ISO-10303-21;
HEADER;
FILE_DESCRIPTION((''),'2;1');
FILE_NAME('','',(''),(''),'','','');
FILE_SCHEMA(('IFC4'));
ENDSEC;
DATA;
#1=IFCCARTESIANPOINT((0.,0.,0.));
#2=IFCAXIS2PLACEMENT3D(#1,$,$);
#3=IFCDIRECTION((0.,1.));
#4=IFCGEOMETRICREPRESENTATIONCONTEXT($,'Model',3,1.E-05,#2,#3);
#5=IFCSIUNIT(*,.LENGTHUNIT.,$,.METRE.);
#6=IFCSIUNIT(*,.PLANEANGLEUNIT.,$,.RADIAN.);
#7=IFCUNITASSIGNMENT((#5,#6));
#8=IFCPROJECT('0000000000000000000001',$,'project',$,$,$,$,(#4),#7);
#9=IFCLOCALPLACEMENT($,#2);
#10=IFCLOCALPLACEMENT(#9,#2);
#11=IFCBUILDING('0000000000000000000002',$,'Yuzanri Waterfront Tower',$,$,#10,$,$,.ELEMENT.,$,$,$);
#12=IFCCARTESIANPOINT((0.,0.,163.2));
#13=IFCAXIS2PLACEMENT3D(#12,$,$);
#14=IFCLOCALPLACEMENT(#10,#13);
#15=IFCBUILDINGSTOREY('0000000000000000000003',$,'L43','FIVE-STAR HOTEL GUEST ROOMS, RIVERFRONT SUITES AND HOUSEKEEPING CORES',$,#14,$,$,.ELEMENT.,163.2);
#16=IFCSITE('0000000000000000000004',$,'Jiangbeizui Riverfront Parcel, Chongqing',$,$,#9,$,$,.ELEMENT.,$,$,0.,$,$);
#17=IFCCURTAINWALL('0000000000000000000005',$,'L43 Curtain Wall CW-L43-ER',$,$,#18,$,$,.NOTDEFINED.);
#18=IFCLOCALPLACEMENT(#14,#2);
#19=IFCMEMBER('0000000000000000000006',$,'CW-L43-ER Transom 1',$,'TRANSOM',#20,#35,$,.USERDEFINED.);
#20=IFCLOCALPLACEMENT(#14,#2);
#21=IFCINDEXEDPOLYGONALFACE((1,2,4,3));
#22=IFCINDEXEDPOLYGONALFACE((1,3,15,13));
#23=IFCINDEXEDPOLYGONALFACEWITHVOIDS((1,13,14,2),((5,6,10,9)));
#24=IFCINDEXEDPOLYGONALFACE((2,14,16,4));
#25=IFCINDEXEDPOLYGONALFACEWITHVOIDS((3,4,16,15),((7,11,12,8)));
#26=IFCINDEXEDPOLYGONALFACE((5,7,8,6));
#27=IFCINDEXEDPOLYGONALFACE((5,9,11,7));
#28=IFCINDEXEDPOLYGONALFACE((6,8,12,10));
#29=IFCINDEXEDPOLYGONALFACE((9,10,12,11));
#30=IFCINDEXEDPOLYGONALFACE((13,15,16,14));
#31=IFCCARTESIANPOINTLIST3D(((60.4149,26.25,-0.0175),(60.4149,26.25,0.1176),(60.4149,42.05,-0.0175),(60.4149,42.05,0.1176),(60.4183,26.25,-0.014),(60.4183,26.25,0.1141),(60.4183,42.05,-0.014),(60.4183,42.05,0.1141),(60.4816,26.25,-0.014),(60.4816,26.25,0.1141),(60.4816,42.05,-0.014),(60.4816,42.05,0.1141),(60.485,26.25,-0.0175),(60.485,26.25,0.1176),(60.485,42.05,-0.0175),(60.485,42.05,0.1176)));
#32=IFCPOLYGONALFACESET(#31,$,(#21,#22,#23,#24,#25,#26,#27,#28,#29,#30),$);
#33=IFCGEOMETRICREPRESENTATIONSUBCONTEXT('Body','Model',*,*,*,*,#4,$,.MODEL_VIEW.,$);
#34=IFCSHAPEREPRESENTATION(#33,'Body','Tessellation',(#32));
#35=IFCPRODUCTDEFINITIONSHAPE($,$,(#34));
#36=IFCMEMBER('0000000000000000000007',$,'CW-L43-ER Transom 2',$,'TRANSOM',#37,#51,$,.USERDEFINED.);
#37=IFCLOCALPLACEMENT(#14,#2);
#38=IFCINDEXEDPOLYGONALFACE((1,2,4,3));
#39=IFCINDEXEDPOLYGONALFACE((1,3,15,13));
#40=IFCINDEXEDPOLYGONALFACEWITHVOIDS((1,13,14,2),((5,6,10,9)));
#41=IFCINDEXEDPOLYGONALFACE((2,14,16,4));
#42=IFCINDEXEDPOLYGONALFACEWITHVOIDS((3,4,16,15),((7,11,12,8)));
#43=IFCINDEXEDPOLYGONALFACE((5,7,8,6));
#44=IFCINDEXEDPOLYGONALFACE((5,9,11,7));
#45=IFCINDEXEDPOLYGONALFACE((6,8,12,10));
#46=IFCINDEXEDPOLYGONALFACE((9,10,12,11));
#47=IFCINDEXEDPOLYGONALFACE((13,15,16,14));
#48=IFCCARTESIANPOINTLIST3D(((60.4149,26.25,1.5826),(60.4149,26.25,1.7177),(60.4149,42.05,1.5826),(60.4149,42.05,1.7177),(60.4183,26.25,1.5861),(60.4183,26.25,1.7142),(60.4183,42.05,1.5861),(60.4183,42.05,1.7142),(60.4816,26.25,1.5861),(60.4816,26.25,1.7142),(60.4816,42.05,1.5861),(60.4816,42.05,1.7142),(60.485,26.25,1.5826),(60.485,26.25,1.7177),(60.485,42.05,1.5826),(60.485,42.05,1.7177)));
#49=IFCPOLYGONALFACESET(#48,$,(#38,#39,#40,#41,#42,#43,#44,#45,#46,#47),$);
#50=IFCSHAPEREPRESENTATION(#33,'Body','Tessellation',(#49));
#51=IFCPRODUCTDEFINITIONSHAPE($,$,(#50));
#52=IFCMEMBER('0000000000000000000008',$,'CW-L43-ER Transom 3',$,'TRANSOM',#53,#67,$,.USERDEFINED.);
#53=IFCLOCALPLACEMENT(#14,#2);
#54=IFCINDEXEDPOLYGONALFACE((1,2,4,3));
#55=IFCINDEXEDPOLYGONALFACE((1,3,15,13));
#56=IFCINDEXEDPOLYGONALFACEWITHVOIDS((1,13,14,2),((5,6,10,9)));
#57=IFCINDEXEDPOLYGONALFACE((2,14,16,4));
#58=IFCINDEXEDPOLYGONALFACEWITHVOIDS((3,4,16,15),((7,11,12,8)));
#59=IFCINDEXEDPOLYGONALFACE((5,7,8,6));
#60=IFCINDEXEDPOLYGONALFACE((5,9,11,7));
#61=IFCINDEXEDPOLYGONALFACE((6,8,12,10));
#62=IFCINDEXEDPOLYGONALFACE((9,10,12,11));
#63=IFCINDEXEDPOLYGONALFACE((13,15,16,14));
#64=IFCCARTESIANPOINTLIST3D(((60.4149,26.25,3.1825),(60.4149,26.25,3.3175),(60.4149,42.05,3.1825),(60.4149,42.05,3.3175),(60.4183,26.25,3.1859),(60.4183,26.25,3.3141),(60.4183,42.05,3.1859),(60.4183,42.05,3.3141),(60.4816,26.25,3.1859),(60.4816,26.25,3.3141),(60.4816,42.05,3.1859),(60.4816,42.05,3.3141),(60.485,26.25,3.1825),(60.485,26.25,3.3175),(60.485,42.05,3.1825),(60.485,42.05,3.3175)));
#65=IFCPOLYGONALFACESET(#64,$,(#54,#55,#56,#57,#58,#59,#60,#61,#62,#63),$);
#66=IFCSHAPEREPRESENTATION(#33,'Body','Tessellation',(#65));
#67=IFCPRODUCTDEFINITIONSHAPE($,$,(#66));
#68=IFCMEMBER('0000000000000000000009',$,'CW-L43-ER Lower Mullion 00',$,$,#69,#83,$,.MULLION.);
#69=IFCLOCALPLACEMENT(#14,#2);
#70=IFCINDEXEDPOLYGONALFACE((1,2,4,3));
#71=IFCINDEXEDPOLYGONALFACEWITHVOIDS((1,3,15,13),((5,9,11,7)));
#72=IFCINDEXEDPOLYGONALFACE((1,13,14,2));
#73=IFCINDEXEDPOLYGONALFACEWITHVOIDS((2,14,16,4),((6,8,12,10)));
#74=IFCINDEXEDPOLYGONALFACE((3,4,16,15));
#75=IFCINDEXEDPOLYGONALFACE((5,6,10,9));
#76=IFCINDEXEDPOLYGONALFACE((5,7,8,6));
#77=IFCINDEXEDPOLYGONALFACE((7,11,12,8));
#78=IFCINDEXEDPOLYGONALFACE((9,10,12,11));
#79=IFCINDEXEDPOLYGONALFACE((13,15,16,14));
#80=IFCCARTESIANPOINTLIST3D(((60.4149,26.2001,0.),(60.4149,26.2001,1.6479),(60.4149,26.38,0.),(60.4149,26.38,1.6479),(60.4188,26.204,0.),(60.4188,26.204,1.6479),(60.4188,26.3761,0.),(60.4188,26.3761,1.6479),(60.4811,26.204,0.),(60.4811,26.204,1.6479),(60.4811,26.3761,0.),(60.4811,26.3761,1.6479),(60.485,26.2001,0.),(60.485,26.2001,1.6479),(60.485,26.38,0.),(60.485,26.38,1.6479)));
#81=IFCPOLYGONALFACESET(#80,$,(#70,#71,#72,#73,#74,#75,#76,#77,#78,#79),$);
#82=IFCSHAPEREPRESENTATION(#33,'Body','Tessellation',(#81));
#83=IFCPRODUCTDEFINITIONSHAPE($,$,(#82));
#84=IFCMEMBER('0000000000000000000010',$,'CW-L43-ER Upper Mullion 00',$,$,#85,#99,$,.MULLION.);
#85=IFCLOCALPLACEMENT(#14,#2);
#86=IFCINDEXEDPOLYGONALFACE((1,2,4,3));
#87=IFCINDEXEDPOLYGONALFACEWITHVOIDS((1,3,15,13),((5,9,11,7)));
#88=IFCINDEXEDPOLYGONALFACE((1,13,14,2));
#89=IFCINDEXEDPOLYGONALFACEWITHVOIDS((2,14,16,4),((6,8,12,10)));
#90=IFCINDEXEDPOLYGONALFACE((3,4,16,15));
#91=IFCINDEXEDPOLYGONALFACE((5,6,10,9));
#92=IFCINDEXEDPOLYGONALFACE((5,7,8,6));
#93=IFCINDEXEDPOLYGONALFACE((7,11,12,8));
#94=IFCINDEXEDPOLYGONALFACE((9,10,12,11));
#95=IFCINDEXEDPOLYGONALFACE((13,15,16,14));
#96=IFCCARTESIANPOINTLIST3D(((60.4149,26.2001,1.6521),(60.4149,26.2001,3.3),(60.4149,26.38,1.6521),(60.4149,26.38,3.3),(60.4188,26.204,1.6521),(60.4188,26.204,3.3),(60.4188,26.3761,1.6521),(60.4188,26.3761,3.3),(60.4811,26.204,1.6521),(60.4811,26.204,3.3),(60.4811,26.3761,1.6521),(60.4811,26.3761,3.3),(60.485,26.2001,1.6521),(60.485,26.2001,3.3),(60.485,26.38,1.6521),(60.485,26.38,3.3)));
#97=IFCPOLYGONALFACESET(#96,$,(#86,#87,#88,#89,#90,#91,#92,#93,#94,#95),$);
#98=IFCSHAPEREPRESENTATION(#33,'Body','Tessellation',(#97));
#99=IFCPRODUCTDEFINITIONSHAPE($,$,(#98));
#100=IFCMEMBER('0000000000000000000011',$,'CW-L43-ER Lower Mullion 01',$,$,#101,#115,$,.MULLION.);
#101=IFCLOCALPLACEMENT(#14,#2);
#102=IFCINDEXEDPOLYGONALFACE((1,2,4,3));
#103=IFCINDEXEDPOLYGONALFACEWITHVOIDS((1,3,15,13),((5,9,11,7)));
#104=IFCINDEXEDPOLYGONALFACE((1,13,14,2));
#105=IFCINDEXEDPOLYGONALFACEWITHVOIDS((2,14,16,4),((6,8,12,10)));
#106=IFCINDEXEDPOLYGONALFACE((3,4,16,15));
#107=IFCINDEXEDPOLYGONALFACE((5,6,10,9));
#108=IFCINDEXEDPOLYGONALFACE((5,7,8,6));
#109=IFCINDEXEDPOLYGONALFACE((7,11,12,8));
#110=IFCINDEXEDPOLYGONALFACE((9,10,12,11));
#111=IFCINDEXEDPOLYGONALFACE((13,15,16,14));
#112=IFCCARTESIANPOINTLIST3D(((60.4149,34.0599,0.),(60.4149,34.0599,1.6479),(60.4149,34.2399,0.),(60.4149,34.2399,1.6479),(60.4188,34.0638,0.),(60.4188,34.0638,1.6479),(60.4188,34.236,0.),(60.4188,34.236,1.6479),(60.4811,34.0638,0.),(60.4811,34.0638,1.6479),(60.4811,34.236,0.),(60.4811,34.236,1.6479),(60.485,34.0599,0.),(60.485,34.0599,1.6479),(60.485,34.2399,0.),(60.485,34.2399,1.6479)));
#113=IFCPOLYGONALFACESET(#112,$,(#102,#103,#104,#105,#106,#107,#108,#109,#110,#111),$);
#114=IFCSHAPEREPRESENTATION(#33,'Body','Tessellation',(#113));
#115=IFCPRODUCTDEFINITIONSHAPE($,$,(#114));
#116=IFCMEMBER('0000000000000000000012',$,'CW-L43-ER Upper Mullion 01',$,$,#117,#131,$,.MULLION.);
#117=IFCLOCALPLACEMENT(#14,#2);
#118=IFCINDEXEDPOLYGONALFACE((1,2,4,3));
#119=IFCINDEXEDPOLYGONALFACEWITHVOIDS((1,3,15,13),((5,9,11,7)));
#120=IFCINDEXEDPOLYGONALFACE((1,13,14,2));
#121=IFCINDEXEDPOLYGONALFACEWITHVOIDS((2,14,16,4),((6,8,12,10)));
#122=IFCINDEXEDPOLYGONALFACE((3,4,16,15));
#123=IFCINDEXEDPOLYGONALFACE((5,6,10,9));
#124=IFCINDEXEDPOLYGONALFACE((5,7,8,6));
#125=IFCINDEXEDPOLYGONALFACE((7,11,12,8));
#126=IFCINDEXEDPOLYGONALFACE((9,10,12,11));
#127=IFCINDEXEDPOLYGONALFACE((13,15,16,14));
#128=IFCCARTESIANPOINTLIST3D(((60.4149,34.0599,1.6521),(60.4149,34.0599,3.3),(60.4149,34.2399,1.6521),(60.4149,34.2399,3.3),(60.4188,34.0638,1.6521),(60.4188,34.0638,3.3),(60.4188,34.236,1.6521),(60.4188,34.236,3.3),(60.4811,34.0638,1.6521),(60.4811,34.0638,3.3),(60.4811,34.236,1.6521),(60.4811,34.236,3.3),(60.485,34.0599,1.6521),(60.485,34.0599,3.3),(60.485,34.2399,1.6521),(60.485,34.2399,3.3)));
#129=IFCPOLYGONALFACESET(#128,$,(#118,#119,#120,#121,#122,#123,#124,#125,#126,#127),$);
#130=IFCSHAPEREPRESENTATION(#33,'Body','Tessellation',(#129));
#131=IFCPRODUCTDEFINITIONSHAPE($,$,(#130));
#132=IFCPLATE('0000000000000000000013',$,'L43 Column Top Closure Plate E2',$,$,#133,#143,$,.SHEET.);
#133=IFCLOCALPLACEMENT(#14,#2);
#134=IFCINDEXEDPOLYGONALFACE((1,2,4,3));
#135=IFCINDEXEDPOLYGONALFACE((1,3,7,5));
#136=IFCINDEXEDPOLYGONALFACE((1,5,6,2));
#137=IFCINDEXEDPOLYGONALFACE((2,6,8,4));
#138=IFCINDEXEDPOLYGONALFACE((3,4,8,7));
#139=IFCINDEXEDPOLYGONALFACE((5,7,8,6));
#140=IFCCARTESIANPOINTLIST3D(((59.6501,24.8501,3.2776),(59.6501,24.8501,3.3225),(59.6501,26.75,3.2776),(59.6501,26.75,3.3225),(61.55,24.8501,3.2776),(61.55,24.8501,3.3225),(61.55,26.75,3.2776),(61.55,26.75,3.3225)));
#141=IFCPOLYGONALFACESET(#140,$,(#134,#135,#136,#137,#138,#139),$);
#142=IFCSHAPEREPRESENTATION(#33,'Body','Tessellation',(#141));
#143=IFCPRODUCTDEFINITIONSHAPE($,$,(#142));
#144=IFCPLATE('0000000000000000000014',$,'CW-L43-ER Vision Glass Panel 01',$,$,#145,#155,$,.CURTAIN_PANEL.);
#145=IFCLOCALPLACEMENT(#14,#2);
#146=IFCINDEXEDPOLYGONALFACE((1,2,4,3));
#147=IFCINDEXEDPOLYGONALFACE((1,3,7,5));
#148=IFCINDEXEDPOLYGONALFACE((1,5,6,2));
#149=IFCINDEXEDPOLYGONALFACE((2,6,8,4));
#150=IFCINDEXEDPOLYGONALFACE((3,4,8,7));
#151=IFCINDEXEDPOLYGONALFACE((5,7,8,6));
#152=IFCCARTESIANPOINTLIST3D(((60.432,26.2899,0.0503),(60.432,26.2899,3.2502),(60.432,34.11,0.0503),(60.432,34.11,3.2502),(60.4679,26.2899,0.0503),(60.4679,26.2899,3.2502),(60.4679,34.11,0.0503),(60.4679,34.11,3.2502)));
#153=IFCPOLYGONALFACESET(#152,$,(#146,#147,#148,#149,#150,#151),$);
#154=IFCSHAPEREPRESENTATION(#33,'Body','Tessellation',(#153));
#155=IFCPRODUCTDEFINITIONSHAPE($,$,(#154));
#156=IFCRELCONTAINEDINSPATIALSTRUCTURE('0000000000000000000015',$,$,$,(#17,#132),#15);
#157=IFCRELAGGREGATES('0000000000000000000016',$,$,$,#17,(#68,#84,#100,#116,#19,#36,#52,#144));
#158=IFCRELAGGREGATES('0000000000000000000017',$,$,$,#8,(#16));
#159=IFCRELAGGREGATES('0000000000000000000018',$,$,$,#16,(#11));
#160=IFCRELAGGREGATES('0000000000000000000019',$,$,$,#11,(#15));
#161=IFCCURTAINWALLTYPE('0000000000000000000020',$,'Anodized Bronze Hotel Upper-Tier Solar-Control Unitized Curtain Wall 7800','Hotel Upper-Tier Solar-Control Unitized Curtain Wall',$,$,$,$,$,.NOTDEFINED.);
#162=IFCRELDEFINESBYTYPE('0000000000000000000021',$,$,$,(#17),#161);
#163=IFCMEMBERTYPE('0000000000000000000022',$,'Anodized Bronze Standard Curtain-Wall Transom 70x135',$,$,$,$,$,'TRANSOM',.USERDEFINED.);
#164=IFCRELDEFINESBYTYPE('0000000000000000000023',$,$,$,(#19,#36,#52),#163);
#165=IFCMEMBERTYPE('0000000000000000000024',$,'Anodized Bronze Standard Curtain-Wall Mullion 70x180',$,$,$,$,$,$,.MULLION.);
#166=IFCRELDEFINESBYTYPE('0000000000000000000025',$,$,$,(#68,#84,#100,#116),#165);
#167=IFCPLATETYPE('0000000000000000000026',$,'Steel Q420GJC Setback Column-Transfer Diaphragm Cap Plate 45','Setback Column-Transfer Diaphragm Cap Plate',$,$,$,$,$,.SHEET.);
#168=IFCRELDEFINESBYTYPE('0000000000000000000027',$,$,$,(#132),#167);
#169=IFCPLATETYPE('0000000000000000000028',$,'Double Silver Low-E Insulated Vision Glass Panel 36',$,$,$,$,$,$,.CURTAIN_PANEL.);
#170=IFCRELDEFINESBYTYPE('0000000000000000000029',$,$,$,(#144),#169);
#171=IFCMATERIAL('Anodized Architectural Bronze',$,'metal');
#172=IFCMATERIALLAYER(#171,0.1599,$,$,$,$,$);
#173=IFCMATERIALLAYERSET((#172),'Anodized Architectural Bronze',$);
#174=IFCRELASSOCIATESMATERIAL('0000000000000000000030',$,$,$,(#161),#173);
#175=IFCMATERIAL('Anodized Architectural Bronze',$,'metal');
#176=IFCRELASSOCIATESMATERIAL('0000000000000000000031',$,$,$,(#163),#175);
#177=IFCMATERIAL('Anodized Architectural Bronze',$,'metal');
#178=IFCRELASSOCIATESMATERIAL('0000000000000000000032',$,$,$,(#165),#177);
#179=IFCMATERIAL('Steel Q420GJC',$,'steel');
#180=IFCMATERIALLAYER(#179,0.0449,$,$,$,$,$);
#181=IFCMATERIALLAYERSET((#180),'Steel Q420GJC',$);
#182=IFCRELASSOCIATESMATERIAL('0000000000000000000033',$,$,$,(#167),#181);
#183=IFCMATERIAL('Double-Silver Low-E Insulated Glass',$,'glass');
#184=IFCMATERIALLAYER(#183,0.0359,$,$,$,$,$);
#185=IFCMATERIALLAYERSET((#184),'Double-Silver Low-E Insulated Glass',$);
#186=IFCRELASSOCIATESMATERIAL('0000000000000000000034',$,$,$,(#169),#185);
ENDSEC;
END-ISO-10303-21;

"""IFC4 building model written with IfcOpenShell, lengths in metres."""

from ifc_helpers import new_model, si_unit, direction, frame, origin, origin_2d, place, context, subcontext, project, spatial, rectangle, hollow_rectangle, extrude, source, transform, mapped, material, layer, layer_set, material_profile, profile_set, type_object, element, aggregate, save


model = new_model("IFC4")

# Units and contexts
model_context = context("Model", 3, precision=1e-05, world=origin(), true_north=direction((0.0, 1.0)))
body_context = subcontext(model_context, "Body", "Model", "MODEL_VIEW")
ifc_project = project(units=[si_unit("LENGTHUNIT", "METRE"), si_unit("PLANEANGLEUNIT", "RADIAN")], contexts=[model_context])

# Site, building, storey
site_placement = place(None, origin())
site = spatial("IfcSite", under=ifc_project, at=site_placement, Name="Jiangbeizui Riverfront Parcel, Chongqing", CompositionType="ELEMENT", RefElevation=0.0)
building_placement = place(site_placement, origin())
building = spatial("IfcBuilding", under=site, at=building_placement, Name="Yuzanri Waterfront Tower", CompositionType="ELEMENT")
storey_placement = place(building_placement, frame((0.0, 0.0, 163.2)))
storey = spatial("IfcBuildingStorey", under=building, at=storey_placement, Name="L43", Description="FIVE-STAR HOTEL GUEST ROOMS, RIVERFRONT SUITES AND HOUSEKEEPING CORES", CompositionType="ELEMENT", Elevation=163.2)

# Curtain wall, members
ifc_material_1 = material(Name="Anodized Architectural Bronze", Category="metal")
ifc_layer_1 = layer(ifc_material_1, 0.1599)
ifc_layer_set_1 = layer_set([ifc_layer_1], Name="Anodized Architectural Bronze")
curtain_wall_type = type_object("IfcCurtainWallType", Name="Anodized Bronze Hotel Upper-Tier Solar-Control Unitized Curtain Wall 7800", Description="Hotel Upper-Tier Solar-Control Unitized Curtain Wall", PredefinedType="NOTDEFINED", material=ifc_layer_set_1)
curtain_wall_placement = place(storey_placement, origin())
curtain_wall = element("IfcCurtainWall", 1, at=curtain_wall_placement, inside=storey, type_object=curtain_wall_type, Name="L43 Curtain Wall CW-L43-ER", PredefinedType="NOTDEFINED")
ifc_material_2 = material(Name="Anodized Architectural Bronze", Category="metal")
ifc_material_profile_1 = material_profile(ifc_material_2, hollow_rectangle(XDim=0.0701, YDim=0.135, WallThickness=0.0034, at=origin_2d()), Name="CWT 70x135")
ifc_profile_set_1 = profile_set([ifc_material_profile_1], Name="Anodized Architectural Bronze")
member_type_1 = type_object("IfcMemberType", Name="Anodized Bronze Standard Curtain-Wall Transom 70x135", ElementType="TRANSOM", PredefinedType="USERDEFINED", material=ifc_profile_set_1)
shared_shape_1 = source(origin(), body_context, "Body", "SweptSolid", [
    extrude(hollow_rectangle(XDim=0.0701, YDim=0.135, WallThickness=0.0034, at=origin_2d()), origin(), (0.0, 0.0, 1.0), 15.8),
])
member_1_placement = place(storey_placement, frame((60.45, 26.25, 0.05), z_axis=(0.0, 1.0, 0.0), x_axis=(-1.0, 0.0, 0.0)))
member_1 = element("IfcMember", 2, at=member_1_placement, type_object=member_type_1, Name="CW-L43-ER Transom 1", ObjectType="TRANSOM", PredefinedType="USERDEFINED", context=body_context, shape_type="MappedRepresentation", body=[
    mapped(shared_shape_1, transform((0.0, 0.0, 0.0), scale=1.0)),
])
member_2_placement = place(storey_placement, frame((60.45, 26.25, 1.6501), z_axis=(0.0, 1.0, 0.0), x_axis=(-1.0, 0.0, 0.0)))
member_2 = element("IfcMember", 3, at=member_2_placement, type_object=member_type_1, Name="CW-L43-ER Transom 2", ObjectType="TRANSOM", PredefinedType="USERDEFINED", context=body_context, shape_type="MappedRepresentation", body=[
    mapped(shared_shape_1, transform((0.0, 0.0, 0.0), scale=1.0)),
])
member_3_placement = place(storey_placement, frame((60.45, 26.25, 3.25), z_axis=(0.0, 1.0, 0.0), x_axis=(-1.0, 0.0, 0.0)))
member_3 = element("IfcMember", 4, at=member_3_placement, type_object=member_type_1, Name="CW-L43-ER Transom 3", ObjectType="TRANSOM", PredefinedType="USERDEFINED", context=body_context, shape_type="MappedRepresentation", body=[
    mapped(shared_shape_1, transform((0.0, 0.0, 0.0), scale=1.0)),
])
ifc_material_3 = material(Name="Anodized Architectural Bronze", Category="metal")
ifc_material_profile_2 = material_profile(ifc_material_3, hollow_rectangle(XDim=0.0701, YDim=0.1799, WallThickness=0.0039, at=origin_2d()), Name="CWM 70x180")
ifc_profile_set_2 = profile_set([ifc_material_profile_2], Name="Anodized Architectural Bronze")
member_type_2 = type_object("IfcMemberType", Name="Anodized Bronze Standard Curtain-Wall Mullion 70x180", PredefinedType="MULLION", material=ifc_profile_set_2)
shared_shape_2 = source(origin(), body_context, "Body", "SweptSolid", [
    extrude(hollow_rectangle(XDim=0.0701, YDim=0.1799, WallThickness=0.0039, at=origin_2d()), origin(), (0.0, 0.0, 1.0), 1.6479),
])
member_4_placement = place(storey_placement, frame((60.45, 26.29, 0.0), z_axis=(0.0, 0.0, 1.0), x_axis=(1.0, 0.0, 0.0)))
member_4 = element("IfcMember", 5, at=member_4_placement, type_object=member_type_2, Name="CW-L43-ER Lower Mullion 00", PredefinedType="MULLION", context=body_context, shape_type="MappedRepresentation", body=[
    mapped(shared_shape_2, transform((0.0, 0.0, 0.0), scale=1.0)),
])
member_5_placement = place(storey_placement, frame((60.45, 26.29, 1.6521), z_axis=(0.0, 0.0, 1.0), x_axis=(1.0, 0.0, 0.0)))
member_5 = element("IfcMember", 6, at=member_5_placement, type_object=member_type_2, Name="CW-L43-ER Upper Mullion 00", PredefinedType="MULLION", context=body_context, shape_type="MappedRepresentation", body=[
    mapped(shared_shape_2, transform((0.0, 0.0, 0.0), scale=1.0)),
])
member_6_placement = place(storey_placement, frame((60.45, 34.1499, 0.0), z_axis=(0.0, 0.0, 1.0), x_axis=(1.0, 0.0, 0.0)))
member_6 = element("IfcMember", 7, at=member_6_placement, type_object=member_type_2, Name="CW-L43-ER Lower Mullion 01", PredefinedType="MULLION", context=body_context, shape_type="MappedRepresentation", body=[
    mapped(shared_shape_2, transform((0.0, 0.0, 0.0), scale=1.0)),
])
member_7_placement = place(storey_placement, frame((60.45, 34.1499, 1.6521), z_axis=(0.0, 0.0, 1.0), x_axis=(1.0, 0.0, 0.0)))
member_7 = element("IfcMember", 8, at=member_7_placement, type_object=member_type_2, Name="CW-L43-ER Upper Mullion 01", PredefinedType="MULLION", context=body_context, shape_type="MappedRepresentation", body=[
    mapped(shared_shape_2, transform((0.0, 0.0, 0.0), scale=1.0)),
])

# Plates
ifc_material_4 = material(Name="Steel Q420GJC", Category="steel")
ifc_layer_2 = layer(ifc_material_4, 0.0449)
ifc_layer_set_2 = layer_set([ifc_layer_2], Name="Steel Q420GJC")
plate_type_1 = type_object("IfcPlateType", Name="Steel Q420GJC Setback Column-Transfer Diaphragm Cap Plate 45", Description="Setback Column-Transfer Diaphragm Cap Plate", PredefinedType="SHEET", material=ifc_layer_set_2)
shared_shape_3 = source(origin(), body_context, "Body", "SweptSolid", [
    extrude(rectangle(XDim=1.8999, YDim=1.8999, at=origin_2d()), origin(), (0.0, 0.0, 1.0), 0.0449),
])
plate_1_placement = place(storey_placement, frame((60.6001, 25.8, 3.2776), z_axis=(0.0, 0.0, 1.0), x_axis=(1.0, 0.0, 0.0)))
element("IfcPlate", 9, at=plate_1_placement, inside=storey, type_object=plate_type_1, Name="L43 Column Top Closure Plate E2", PredefinedType="SHEET", context=body_context, shape_type="MappedRepresentation", body=[
    mapped(shared_shape_3, transform((0.0, 0.0, 0.0), scale=1.0)),
])
ifc_material_5 = material(Name="Double-Silver Low-E Insulated Glass", Category="glass")
ifc_layer_3 = layer(ifc_material_5, 0.0359)
ifc_layer_set_3 = layer_set([ifc_layer_3], Name="Double-Silver Low-E Insulated Glass")
plate_type_2 = type_object("IfcPlateType", Name="Double Silver Low-E Insulated Vision Glass Panel 36", PredefinedType="CURTAIN_PANEL", material=ifc_layer_set_3)
shared_shape_4 = source(origin(), body_context, "Body", "SweptSolid", [
    extrude(rectangle(XDim=7.8201, YDim=0.0359, at=origin_2d()), origin(), (0.0, 0.0, 1.0), 3.2),
])
plate_2_placement = place(storey_placement, frame((60.45, 30.2, 0.0503), z_axis=(0.0, 0.0, 1.0), x_axis=(0.0, 1.0, 0.0)))
plate_2 = element("IfcPlate", 10, at=plate_2_placement, type_object=plate_type_2, Name="CW-L43-ER Vision Glass Panel 01", PredefinedType="CURTAIN_PANEL", context=body_context, shape_type="MappedRepresentation", body=[
    mapped(shared_shape_4, transform((0.0, 0.0, 0.0), scale=1.0)),
])
aggregate(curtain_wall, [member_4, member_5, member_6, member_7, member_1, member_2, member_3, plate_2])

save(model, "model.ifc")
